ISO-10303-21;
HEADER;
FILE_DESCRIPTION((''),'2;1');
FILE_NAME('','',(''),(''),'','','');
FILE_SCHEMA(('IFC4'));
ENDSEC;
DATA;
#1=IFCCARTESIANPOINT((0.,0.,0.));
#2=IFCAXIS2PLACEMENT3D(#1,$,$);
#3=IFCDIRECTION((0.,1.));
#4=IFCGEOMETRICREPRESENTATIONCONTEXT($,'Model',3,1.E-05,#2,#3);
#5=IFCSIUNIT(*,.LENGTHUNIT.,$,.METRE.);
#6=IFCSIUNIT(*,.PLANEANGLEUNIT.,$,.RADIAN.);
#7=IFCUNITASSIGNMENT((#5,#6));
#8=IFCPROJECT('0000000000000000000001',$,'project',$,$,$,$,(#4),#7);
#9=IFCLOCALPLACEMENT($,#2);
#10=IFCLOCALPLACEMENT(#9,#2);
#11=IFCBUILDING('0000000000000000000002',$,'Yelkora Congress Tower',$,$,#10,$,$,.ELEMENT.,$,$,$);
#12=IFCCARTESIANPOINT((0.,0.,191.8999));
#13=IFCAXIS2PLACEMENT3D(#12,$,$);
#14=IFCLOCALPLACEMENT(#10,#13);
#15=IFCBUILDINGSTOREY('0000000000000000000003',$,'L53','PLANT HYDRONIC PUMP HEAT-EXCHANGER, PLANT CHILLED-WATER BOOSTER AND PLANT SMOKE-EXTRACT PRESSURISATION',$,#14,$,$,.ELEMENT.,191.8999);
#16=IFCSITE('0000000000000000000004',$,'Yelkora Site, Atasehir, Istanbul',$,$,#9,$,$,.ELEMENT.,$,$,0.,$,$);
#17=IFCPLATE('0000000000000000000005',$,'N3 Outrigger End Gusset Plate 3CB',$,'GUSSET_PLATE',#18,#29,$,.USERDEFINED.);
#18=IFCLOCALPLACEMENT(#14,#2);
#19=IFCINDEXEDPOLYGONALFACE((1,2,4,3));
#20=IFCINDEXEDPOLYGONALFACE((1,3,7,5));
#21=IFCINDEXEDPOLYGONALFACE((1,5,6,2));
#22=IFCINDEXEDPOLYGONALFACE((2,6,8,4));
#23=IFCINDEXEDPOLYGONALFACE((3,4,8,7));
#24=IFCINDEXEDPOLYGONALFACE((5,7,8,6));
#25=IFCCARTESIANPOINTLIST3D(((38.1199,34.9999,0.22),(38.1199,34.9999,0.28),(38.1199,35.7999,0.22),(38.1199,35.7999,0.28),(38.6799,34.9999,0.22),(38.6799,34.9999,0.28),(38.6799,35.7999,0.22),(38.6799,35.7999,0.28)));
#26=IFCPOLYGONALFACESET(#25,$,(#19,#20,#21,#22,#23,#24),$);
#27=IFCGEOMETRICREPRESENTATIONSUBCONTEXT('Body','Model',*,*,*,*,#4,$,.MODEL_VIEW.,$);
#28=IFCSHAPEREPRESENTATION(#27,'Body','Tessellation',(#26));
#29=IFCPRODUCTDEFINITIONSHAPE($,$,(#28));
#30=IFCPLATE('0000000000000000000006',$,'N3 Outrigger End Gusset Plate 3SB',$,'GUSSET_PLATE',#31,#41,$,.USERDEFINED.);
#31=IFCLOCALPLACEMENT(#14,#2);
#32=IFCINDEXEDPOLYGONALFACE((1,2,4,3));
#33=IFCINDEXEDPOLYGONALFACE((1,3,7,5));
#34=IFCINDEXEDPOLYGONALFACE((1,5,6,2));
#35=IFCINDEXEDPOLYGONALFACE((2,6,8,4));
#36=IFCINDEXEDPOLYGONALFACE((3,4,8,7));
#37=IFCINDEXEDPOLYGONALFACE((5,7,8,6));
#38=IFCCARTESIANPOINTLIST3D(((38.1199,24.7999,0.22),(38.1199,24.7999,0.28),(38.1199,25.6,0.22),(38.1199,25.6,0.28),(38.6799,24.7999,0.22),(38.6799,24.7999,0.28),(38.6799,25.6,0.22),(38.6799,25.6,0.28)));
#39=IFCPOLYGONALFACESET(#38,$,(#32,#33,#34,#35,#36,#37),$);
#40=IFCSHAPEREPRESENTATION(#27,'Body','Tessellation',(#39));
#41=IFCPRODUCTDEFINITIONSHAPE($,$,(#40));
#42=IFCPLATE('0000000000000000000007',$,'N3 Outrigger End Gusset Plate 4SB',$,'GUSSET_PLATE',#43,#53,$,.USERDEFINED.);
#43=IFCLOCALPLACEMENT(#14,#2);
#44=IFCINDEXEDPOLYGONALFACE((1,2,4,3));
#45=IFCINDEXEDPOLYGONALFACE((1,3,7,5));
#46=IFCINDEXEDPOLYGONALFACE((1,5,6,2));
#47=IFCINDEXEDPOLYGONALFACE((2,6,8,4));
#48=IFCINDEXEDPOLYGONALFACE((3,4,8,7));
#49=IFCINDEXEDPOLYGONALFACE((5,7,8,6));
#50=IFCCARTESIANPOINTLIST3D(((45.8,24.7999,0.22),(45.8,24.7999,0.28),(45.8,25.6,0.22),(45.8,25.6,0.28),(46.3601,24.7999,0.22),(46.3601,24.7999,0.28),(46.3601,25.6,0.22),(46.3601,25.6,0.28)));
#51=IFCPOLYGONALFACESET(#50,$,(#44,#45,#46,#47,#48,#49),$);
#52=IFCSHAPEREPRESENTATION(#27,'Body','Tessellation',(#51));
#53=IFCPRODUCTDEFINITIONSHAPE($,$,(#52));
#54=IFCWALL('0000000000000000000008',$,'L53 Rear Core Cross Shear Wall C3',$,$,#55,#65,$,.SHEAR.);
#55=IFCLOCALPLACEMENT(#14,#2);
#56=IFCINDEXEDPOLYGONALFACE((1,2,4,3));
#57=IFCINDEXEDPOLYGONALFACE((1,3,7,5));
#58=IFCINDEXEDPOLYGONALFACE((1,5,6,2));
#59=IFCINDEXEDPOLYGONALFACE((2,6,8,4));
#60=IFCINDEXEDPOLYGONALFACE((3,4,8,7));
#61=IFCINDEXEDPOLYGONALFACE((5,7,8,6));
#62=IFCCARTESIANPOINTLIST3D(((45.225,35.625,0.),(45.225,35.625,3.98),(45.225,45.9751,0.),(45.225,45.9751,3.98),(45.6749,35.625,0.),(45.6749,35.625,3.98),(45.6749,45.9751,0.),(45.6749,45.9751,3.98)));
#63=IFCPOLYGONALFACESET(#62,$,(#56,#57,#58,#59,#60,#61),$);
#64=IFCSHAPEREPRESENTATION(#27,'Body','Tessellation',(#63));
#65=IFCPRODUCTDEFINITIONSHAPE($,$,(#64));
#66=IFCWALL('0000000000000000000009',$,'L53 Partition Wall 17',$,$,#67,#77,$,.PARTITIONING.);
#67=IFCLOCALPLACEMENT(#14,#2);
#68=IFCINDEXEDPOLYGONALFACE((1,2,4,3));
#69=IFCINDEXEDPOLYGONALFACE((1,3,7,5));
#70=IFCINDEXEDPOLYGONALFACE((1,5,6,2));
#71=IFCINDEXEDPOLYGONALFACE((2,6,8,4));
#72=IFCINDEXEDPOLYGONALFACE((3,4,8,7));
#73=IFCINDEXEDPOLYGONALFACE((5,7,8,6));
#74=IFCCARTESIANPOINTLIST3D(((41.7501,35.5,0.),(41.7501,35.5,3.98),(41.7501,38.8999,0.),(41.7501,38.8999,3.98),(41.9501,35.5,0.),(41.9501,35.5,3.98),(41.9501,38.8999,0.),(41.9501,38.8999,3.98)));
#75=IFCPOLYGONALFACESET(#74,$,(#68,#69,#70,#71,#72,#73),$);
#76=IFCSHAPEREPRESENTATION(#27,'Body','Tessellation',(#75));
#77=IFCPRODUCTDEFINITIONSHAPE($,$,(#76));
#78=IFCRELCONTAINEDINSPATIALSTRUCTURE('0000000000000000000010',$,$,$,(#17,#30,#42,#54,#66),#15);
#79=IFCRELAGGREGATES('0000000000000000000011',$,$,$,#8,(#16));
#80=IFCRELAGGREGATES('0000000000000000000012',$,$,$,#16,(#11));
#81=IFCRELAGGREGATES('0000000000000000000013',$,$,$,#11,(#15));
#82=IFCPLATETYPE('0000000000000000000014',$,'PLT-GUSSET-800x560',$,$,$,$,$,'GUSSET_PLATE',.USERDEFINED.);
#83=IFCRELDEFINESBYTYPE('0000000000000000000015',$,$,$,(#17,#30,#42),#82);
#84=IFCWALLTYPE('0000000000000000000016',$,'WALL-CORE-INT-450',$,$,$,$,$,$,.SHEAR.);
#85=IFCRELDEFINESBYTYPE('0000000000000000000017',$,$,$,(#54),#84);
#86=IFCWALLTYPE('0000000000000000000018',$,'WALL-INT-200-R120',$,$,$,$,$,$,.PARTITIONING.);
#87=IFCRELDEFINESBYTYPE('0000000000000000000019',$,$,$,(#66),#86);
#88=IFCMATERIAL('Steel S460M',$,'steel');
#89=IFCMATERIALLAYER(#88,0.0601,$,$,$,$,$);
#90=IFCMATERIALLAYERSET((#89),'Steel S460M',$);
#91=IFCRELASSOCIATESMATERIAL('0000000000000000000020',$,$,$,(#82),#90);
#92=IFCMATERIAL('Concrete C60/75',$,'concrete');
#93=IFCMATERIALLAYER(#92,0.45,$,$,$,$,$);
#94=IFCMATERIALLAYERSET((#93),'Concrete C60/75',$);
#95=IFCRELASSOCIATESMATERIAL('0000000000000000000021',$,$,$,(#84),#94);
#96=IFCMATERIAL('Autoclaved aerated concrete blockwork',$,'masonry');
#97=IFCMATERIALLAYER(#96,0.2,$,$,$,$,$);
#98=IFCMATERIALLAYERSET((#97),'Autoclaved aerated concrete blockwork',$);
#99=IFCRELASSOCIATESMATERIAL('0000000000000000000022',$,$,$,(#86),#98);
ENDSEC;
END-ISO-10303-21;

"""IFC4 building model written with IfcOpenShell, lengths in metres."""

from ifc_helpers import new_model, si_unit, direction, frame, frame_2d, origin, origin_2d, place, context, subcontext, project, spatial, rectangle, extrude, material, layer, layer_set, type_object, element, save


model = new_model("IFC4")

# Units and contexts
model_context = context("Model", 3, precision=1e-05, world=origin(), true_north=direction((0.0, 1.0)))
body_context = subcontext(model_context, "Body", "Model", "MODEL_VIEW")
ifc_project = project(units=[si_unit("LENGTHUNIT", "METRE"), si_unit("PLANEANGLEUNIT", "RADIAN")], contexts=[model_context])

# Site, building, storey
site_placement = place(None, origin())
site = spatial("IfcSite", under=ifc_project, at=site_placement, Name="Yelkora Site, Atasehir, Istanbul", CompositionType="ELEMENT", RefElevation=0.0)
building_placement = place(site_placement, origin())
building = spatial("IfcBuilding", under=site, at=building_placement, Name="Yelkora Congress Tower", CompositionType="ELEMENT")
storey_placement = place(building_placement, frame((0.0, 0.0, 191.8999)))
storey = spatial("IfcBuildingStorey", under=building, at=storey_placement, Name="L53", Description="PLANT HYDRONIC PUMP HEAT-EXCHANGER, PLANT CHILLED-WATER BOOSTER AND PLANT SMOKE-EXTRACT PRESSURISATION", CompositionType="ELEMENT", Elevation=191.8999)

# Shared definitions
ifc_material_1 = material(Name="Steel S460M", Category="steel")

# Plates
ifc_layer_1 = layer(ifc_material_1, 0.0601)
ifc_layer_set_1 = layer_set([ifc_layer_1], Name="Steel S460M")
plate_type = type_object("IfcPlateType", Name="PLT-GUSSET-800x560", ElementType="GUSSET_PLATE", PredefinedType="USERDEFINED", material=ifc_layer_set_1)
for number, where, z_axis, x_axis, name in (
    (1, (38.3999, 35.3999, 0.22), (0.0, 0.0, 1.0), (0.0, 1.0, 0.0), "N3 Outrigger End Gusset Plate 3CB"),
    (2, (38.3999, 25.2, 0.22), (0.0, 0.0, 1.0), (0.0, 1.0, 0.0), "N3 Outrigger End Gusset Plate 3SB"),
    (3, (46.0801, 25.2, 0.22), (0.0, 0.0, 1.0), (0.0, 1.0, 0.0), "N3 Outrigger End Gusset Plate 4SB"),
):
    element("IfcPlate", number, at=place(storey_placement, frame(where, z_axis=z_axis, x_axis=x_axis)), inside=storey, type_object=plate_type, Name=name, ObjectType="GUSSET_PLATE", PredefinedType="USERDEFINED", context=body_context, shape_type="SweptSolid", body=[
        extrude(rectangle(XDim=0.8, YDim=0.5601, at=origin_2d()), origin(), (0.0, 0.0, 1.0), 0.0601),
    ])

# Shared definitions
ifc_material_2 = material(Name="Concrete C60/75", Category="concrete")
ifc_layer_2 = layer(ifc_material_2, 0.45)
ifc_layer_set_2 = layer_set([ifc_layer_2], Name="Concrete C60/75")
wall_type_1 = type_object("IfcWallType", Name="WALL-CORE-INT-450", PredefinedType="SHEAR", material=ifc_layer_set_2)

# Walls
wall_1_placement = place(storey_placement, frame((45.45, 35.625, 0.0), z_axis=(0.0, 0.0, 1.0), x_axis=(0.0, 1.0, 0.0)))
element("IfcWall", 4, at=wall_1_placement, inside=storey, type_object=wall_type_1, Name="L53 Rear Core Cross Shear Wall C3", PredefinedType="SHEAR", context=body_context, shape_type="SweptSolid", body=[
    extrude(rectangle(XDim=10.3501, YDim=0.45, at=frame_2d((5.175, 0.0))), origin(), (0.0, 0.0, 1.0), 3.98),
])
ifc_material_3 = material(Name="Autoclaved aerated concrete blockwork", Category="masonry")
ifc_layer_3 = layer(ifc_material_3, 0.2)
ifc_layer_set_3 = layer_set([ifc_layer_3], Name="Autoclaved aerated concrete blockwork")
wall_type_2 = type_object("IfcWallType", Name="WALL-INT-200-R120", PredefinedType="PARTITIONING", material=ifc_layer_set_3)
wall_2_placement = place(storey_placement, frame((41.8501, 35.5, 0.0), z_axis=(0.0, 0.0, 1.0), x_axis=(0.0, 1.0, 0.0)))
element("IfcWall", 5, at=wall_2_placement, inside=storey, type_object=wall_type_2, Name="L53 Partition Wall 17", PredefinedType="PARTITIONING", context=body_context, shape_type="SweptSolid", body=[
    extrude(rectangle(XDim=3.3999, YDim=0.2, at=frame_2d((1.7, 0.0))), origin(), (0.0, 0.0, 1.0), 3.98),
])

save(model, "model.ifc")
